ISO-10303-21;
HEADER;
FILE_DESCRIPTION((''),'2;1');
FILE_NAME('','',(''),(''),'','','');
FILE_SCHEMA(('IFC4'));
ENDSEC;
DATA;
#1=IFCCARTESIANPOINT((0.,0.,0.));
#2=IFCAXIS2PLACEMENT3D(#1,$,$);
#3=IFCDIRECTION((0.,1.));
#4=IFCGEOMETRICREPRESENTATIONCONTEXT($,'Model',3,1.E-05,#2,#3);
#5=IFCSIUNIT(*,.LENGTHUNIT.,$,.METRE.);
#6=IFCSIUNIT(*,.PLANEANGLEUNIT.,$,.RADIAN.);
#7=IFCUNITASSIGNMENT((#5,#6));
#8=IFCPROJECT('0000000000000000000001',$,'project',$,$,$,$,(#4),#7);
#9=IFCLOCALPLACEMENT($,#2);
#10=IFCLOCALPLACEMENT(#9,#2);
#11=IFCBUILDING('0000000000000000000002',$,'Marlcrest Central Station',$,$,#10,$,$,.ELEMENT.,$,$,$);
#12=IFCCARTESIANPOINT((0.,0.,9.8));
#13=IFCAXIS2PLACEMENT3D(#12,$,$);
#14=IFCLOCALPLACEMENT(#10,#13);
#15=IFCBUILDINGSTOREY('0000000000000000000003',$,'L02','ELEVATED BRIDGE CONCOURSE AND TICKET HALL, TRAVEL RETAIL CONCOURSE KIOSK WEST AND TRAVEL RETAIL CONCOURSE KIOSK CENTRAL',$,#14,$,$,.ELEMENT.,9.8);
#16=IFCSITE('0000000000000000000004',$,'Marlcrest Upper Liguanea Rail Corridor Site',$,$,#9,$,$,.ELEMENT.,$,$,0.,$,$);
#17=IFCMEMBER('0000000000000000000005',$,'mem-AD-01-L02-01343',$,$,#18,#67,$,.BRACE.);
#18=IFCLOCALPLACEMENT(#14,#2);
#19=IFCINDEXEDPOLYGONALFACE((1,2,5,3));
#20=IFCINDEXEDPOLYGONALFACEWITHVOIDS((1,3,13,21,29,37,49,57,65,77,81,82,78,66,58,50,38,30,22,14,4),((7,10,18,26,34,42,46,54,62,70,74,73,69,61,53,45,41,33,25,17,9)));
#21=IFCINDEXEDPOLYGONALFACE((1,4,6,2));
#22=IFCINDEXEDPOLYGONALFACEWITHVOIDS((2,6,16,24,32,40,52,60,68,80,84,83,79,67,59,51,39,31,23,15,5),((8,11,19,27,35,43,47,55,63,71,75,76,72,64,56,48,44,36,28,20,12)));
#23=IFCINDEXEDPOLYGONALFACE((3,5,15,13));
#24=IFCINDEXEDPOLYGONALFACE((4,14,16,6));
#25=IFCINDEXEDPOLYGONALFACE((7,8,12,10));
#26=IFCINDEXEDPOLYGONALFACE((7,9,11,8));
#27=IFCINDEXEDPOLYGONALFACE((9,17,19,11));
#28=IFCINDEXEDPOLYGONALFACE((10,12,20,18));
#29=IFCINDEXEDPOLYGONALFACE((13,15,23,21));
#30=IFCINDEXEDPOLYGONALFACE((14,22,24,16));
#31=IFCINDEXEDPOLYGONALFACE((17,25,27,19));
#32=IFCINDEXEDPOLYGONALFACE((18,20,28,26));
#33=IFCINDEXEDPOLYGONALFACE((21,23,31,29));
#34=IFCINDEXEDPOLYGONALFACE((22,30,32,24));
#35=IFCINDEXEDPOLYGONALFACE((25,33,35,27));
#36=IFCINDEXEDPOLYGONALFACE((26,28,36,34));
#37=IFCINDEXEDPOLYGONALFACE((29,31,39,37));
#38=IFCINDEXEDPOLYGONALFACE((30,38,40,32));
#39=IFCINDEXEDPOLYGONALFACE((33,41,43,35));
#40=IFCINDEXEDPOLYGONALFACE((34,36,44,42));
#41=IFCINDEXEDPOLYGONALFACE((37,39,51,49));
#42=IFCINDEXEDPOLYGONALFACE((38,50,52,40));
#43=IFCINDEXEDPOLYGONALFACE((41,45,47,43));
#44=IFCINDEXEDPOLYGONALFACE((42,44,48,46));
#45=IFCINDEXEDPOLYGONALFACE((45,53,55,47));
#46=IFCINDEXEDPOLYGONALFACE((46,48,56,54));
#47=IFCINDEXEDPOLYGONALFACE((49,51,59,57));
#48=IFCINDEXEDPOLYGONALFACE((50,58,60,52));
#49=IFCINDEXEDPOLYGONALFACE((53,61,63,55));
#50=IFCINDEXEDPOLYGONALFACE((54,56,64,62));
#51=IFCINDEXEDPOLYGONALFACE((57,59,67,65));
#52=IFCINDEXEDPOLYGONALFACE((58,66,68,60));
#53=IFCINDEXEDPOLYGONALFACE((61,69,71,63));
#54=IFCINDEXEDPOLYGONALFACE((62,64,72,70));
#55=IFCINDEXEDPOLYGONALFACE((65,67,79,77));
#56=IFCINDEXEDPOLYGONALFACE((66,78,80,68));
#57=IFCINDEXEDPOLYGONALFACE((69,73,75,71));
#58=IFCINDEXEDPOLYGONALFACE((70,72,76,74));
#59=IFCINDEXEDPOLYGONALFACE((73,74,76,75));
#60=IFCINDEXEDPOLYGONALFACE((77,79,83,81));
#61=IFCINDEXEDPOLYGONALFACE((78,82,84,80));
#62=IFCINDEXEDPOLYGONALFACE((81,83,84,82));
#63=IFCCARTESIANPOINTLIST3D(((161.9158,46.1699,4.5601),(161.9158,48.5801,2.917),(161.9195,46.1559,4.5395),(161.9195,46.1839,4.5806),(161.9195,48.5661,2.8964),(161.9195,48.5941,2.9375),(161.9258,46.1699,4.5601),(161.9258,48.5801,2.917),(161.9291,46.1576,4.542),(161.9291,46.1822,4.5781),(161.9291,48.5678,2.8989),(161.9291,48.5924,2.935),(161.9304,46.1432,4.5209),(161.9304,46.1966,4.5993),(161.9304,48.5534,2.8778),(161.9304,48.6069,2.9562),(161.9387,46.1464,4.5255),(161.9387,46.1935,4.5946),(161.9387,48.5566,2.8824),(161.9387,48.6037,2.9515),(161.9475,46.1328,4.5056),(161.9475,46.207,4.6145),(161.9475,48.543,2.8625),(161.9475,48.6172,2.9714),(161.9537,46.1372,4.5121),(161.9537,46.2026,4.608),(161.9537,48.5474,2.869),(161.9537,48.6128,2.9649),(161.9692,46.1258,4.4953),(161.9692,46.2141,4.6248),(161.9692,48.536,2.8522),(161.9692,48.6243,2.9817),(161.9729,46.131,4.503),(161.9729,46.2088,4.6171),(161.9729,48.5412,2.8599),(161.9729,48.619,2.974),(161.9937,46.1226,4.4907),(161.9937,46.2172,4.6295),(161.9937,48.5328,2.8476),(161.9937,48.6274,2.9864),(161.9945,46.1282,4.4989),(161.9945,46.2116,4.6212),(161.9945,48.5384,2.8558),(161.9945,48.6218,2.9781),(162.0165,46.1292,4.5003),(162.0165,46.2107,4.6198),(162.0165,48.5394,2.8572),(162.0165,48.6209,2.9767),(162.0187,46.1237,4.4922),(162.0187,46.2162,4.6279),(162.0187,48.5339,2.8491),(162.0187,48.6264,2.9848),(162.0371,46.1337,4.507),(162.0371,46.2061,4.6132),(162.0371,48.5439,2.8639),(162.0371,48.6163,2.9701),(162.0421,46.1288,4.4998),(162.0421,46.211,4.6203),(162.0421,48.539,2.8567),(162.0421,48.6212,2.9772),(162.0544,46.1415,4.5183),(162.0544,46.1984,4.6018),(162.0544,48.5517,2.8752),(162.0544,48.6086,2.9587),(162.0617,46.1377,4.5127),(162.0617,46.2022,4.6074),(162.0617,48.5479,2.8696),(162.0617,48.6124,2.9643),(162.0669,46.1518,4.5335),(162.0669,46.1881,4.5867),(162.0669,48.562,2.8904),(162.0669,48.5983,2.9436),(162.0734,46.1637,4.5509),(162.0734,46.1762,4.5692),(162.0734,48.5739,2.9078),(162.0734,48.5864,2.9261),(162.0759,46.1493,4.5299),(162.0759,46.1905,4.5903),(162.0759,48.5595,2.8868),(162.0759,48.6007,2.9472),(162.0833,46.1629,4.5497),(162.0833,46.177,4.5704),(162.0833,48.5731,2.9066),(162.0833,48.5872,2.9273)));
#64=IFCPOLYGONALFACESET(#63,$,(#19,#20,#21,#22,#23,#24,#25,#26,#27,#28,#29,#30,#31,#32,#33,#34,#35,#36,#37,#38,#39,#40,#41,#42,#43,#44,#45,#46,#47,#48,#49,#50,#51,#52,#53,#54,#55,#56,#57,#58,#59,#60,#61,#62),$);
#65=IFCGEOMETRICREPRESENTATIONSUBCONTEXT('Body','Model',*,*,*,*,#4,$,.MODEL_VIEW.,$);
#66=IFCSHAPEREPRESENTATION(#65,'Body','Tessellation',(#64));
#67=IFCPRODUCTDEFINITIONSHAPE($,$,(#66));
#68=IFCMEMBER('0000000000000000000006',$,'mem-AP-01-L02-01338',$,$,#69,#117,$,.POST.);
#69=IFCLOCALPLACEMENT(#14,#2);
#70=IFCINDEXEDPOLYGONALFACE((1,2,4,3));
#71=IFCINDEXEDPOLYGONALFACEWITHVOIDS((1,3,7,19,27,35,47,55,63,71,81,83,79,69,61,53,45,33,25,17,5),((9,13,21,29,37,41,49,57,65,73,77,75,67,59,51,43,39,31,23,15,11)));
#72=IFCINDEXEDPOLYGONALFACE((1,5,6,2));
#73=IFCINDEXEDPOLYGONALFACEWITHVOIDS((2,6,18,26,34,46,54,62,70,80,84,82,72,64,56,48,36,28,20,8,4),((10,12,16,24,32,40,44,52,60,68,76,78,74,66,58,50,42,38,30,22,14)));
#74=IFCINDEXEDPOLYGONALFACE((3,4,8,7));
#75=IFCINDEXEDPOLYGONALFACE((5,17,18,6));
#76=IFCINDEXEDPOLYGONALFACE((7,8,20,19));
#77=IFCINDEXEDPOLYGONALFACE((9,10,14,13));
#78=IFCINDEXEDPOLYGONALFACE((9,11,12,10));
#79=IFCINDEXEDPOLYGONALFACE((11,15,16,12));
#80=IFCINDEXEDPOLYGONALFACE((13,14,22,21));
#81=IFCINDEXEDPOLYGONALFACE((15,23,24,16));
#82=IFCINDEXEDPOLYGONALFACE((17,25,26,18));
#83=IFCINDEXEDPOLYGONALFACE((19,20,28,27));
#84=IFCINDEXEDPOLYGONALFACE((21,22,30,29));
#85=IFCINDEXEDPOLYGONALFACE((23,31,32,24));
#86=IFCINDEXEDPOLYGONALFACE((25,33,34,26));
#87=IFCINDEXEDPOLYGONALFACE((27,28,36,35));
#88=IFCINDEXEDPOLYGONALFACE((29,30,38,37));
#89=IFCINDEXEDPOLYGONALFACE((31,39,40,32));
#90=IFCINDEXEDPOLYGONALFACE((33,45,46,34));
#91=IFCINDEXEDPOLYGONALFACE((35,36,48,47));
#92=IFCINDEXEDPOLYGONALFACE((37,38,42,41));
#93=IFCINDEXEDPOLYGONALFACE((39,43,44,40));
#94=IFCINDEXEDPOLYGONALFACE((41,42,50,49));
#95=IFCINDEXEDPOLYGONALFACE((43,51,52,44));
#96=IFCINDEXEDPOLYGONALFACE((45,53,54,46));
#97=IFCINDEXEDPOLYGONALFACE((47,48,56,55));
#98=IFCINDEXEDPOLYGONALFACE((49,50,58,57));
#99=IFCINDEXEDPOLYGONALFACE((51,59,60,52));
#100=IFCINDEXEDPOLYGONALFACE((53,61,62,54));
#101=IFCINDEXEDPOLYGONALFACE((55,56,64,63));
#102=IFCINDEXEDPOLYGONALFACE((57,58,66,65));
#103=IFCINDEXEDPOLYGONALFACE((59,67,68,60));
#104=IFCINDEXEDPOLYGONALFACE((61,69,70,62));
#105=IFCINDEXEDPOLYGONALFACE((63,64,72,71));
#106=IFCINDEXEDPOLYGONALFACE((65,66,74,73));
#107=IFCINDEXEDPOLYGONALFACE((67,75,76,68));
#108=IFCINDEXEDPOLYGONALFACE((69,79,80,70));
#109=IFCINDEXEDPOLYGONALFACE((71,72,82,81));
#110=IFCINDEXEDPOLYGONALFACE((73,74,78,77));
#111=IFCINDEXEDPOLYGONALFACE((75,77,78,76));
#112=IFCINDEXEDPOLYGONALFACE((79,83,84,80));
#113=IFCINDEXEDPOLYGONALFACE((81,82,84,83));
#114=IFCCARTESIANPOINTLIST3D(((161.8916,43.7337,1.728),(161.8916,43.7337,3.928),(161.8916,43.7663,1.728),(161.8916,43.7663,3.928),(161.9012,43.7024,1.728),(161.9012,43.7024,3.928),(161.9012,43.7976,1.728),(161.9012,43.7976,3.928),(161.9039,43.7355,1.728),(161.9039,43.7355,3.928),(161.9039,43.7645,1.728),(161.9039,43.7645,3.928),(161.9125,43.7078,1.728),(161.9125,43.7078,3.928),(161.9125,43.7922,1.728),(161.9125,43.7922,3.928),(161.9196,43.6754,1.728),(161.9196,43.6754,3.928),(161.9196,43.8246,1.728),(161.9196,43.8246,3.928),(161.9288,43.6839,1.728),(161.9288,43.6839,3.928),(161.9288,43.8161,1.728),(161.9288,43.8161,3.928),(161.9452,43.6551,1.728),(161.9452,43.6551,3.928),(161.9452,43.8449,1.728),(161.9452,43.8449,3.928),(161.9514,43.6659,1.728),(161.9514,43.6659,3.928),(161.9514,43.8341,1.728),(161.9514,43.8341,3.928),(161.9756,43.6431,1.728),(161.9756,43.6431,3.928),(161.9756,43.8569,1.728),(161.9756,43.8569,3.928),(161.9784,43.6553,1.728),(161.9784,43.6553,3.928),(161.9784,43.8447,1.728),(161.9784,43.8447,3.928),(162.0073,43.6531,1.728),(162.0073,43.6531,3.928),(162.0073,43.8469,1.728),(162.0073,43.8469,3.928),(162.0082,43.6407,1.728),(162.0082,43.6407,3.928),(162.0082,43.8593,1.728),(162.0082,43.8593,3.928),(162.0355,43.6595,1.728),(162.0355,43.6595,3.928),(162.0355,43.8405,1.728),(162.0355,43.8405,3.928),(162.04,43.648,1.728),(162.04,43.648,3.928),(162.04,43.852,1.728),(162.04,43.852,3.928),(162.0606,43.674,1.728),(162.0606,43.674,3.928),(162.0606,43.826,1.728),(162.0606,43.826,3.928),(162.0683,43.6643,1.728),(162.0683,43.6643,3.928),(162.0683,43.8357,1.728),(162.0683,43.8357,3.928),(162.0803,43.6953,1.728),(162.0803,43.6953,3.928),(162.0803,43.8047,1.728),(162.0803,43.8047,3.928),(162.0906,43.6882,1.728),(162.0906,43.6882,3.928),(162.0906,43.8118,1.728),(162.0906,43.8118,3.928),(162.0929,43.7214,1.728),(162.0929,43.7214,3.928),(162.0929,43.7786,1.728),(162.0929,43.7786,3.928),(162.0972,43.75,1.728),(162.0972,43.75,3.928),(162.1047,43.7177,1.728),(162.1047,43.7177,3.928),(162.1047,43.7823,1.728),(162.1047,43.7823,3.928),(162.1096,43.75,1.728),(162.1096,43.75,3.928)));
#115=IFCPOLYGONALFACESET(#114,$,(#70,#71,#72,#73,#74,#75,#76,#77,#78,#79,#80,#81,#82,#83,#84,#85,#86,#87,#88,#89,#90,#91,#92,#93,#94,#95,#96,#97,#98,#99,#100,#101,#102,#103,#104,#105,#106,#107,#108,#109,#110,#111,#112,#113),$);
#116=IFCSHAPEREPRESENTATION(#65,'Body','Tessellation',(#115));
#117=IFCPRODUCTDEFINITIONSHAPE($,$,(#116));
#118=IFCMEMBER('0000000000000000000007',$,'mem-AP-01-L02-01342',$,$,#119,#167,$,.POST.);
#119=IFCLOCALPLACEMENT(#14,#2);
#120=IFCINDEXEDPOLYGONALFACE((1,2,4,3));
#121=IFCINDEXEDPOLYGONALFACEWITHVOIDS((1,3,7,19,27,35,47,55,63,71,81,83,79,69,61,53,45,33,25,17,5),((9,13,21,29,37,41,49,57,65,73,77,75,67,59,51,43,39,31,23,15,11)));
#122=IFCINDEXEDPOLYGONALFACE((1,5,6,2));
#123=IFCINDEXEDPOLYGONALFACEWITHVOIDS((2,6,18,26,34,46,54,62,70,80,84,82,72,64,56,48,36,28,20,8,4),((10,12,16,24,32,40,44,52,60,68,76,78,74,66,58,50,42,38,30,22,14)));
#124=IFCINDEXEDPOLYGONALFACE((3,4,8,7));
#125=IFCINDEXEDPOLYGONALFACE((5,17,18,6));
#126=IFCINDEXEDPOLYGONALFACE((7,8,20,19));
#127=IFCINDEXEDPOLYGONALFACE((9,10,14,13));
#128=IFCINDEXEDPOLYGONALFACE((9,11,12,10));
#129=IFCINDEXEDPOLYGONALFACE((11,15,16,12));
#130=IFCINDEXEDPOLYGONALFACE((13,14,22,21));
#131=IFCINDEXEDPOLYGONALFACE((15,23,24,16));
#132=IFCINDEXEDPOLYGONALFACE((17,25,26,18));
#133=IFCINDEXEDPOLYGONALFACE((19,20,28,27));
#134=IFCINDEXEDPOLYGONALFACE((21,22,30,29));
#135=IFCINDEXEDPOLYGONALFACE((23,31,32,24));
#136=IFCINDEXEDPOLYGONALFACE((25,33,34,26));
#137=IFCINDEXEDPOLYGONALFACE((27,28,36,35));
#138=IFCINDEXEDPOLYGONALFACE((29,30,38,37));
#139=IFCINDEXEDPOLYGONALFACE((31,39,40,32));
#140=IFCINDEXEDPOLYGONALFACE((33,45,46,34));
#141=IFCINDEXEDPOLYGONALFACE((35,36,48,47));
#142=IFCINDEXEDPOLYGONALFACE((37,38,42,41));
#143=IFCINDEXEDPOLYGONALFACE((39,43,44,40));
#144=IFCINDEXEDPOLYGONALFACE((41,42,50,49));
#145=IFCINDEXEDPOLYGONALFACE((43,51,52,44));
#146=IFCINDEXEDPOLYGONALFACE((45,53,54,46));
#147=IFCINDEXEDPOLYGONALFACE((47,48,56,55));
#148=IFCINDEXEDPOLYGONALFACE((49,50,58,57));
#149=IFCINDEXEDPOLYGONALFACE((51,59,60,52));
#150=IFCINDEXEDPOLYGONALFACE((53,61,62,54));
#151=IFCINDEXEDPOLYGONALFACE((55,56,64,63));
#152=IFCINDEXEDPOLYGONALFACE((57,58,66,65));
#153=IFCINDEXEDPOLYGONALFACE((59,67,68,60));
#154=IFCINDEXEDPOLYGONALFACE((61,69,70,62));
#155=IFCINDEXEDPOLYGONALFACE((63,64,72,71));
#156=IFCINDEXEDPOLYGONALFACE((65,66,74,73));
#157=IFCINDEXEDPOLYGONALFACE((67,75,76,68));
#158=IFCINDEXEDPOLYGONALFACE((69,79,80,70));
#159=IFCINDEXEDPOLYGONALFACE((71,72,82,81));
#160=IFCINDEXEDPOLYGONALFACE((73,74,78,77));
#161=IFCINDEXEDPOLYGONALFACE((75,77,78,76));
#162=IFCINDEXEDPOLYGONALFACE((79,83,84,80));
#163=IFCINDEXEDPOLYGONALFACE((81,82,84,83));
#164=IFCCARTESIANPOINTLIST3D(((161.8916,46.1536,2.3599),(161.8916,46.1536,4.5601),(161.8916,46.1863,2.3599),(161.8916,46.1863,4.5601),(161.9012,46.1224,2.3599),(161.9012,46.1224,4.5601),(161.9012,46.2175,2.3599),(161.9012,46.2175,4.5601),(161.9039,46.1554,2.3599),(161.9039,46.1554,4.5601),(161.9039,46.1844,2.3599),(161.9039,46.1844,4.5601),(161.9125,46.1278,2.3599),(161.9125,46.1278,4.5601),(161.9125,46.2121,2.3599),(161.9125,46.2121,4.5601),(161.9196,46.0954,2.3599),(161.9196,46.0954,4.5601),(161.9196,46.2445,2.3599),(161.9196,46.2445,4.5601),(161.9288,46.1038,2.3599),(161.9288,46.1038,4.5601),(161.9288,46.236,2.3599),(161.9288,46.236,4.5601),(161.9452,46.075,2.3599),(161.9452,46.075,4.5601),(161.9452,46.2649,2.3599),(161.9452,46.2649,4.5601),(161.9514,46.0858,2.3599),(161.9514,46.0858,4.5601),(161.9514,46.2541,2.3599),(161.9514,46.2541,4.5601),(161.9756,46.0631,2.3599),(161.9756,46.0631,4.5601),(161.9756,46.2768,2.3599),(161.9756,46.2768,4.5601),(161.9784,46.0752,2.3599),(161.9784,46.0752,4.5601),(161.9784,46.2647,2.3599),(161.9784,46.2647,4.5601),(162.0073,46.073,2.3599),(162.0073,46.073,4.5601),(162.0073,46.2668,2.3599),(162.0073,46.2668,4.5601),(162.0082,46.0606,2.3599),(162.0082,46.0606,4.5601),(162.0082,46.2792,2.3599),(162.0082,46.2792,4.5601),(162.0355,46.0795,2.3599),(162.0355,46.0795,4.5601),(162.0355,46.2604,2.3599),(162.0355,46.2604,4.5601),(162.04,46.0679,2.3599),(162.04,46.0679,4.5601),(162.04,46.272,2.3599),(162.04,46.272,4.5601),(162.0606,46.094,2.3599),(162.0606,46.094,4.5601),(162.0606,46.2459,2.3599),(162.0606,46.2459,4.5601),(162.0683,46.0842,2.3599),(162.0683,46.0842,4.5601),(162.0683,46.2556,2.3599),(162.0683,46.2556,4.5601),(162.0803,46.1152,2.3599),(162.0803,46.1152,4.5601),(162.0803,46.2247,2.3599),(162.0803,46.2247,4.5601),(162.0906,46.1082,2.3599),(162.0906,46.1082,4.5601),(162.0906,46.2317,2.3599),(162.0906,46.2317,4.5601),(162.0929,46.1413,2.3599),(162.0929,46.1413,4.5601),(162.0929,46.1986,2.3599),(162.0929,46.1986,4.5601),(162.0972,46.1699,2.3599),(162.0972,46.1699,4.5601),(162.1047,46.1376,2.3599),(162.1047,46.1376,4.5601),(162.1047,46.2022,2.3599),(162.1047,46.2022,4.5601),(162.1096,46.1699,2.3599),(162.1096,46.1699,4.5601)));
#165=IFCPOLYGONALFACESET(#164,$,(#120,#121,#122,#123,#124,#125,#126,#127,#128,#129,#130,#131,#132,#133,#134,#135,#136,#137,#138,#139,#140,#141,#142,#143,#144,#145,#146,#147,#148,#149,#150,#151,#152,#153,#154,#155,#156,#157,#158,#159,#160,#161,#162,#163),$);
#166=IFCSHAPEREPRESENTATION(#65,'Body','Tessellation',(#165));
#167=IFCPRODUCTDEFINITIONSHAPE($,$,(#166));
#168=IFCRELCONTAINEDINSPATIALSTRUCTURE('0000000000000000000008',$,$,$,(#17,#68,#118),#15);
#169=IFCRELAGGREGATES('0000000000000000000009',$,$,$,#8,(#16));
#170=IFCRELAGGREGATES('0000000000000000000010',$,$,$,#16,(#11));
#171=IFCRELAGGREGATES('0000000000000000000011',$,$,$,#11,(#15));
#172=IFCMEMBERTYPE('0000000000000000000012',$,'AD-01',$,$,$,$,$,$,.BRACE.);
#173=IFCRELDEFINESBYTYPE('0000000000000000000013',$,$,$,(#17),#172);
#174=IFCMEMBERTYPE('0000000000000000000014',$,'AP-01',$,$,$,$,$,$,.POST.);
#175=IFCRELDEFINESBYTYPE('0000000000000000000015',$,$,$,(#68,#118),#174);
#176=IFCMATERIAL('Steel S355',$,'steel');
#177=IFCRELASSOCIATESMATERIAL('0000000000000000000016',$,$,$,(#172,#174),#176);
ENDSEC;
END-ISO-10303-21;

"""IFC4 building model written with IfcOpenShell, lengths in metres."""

from ifc_helpers import new_model, si_unit, direction, frame, origin, origin_2d, place, context, subcontext, project, spatial, hollow_circle, extrude, material, material_profile, profile_set, type_object, element, save


model = new_model("IFC4")

# Units and contexts
model_context = context("Model", 3, precision=1e-05, world=origin(), true_north=direction((0.0, 1.0)))
body_context = subcontext(model_context, "Body", "Model", "MODEL_VIEW")
ifc_project = project(units=[si_unit("LENGTHUNIT", "METRE"), si_unit("PLANEANGLEUNIT", "RADIAN")], contexts=[model_context])

# Site, building, storey
site_placement = place(None, origin())
site = spatial("IfcSite", under=ifc_project, at=site_placement, Name="Marlcrest Upper Liguanea Rail Corridor Site", CompositionType="ELEMENT", RefElevation=0.0)
building_placement = place(site_placement, origin())
building = spatial("IfcBuilding", under=site, at=building_placement, Name="Marlcrest Central Station", CompositionType="ELEMENT")
storey_placement = place(building_placement, frame((0.0, 0.0, 9.8)))
storey = spatial("IfcBuildingStorey", under=building, at=storey_placement, Name="L02", Description="ELEVATED BRIDGE CONCOURSE AND TICKET HALL, TRAVEL RETAIL CONCOURSE KIOSK WEST AND TRAVEL RETAIL CONCOURSE KIOSK CENTRAL", CompositionType="ELEMENT", Elevation=9.8)

# Members
ifc_material_1 = material(Name="Steel S355", Category="steel")
ifc_material_profile_1 = material_profile(ifc_material_1, hollow_circle(Radius=0.0842, WallThickness=0.01, at=origin_2d()), Name="CHS 168.3x10")
ifc_profile_set_1 = profile_set([ifc_material_profile_1], Name="Steel S355")
member_type_1 = type_object("IfcMemberType", Name="AD-01", PredefinedType="BRACE", material=ifc_profile_set_1)
member_1_placement = place(storey_placement, frame((162.0, 46.1699, 4.5601), z_axis=(0.0, 0.826263, -0.563285), x_axis=(-1.0, 0.0, 0.0)))
element("IfcMember", 1, at=member_1_placement, inside=storey, type_object=member_type_1, Name="mem-AD-01-L02-01343", PredefinedType="BRACE", context=body_context, shape_type="SweptSolid", body=[
    extrude(hollow_circle(Radius=0.0842, WallThickness=0.01, at=origin_2d()), origin(), (0.0, 0.0, 1.0), 2.917),
])
ifc_material_profile_2 = material_profile(ifc_material_1, hollow_circle(Radius=0.1096, WallThickness=0.0125, at=origin_2d()), Name="CHS 219.1x12.5")
ifc_profile_set_2 = profile_set([ifc_material_profile_2], Name="Steel S355")
member_type_2 = type_object("IfcMemberType", Name="AP-01", PredefinedType="POST", material=ifc_profile_set_2)
member_2_placement = place(storey_placement, frame((162.0, 43.75, 1.728), z_axis=(0.0, 0.0, 1.0), x_axis=(1.0, 0.0, 0.0)))
element("IfcMember", 2, at=member_2_placement, inside=storey, type_object=member_type_2, Name="mem-AP-01-L02-01338", PredefinedType="POST", context=body_context, shape_type="SweptSolid", body=[
    extrude(hollow_circle(Radius=0.1096, WallThickness=0.0125, at=origin_2d()), origin(), (0.0, 0.0, 1.0), 2.2),
])
member_3_placement = place(storey_placement, frame((162.0, 46.1699, 2.3599), z_axis=(0.0, 0.0, 1.0), x_axis=(1.0, 0.0, 0.0)))
element("IfcMember", 3, at=member_3_placement, inside=storey, type_object=member_type_2, Name="mem-AP-01-L02-01342", PredefinedType="POST", context=body_context, shape_type="SweptSolid", body=[
    extrude(hollow_circle(Radius=0.1096, WallThickness=0.0125, at=origin_2d()), origin(), (0.0, 0.0, 1.0), 2.2002),
])

save(model, "model.ifc")
